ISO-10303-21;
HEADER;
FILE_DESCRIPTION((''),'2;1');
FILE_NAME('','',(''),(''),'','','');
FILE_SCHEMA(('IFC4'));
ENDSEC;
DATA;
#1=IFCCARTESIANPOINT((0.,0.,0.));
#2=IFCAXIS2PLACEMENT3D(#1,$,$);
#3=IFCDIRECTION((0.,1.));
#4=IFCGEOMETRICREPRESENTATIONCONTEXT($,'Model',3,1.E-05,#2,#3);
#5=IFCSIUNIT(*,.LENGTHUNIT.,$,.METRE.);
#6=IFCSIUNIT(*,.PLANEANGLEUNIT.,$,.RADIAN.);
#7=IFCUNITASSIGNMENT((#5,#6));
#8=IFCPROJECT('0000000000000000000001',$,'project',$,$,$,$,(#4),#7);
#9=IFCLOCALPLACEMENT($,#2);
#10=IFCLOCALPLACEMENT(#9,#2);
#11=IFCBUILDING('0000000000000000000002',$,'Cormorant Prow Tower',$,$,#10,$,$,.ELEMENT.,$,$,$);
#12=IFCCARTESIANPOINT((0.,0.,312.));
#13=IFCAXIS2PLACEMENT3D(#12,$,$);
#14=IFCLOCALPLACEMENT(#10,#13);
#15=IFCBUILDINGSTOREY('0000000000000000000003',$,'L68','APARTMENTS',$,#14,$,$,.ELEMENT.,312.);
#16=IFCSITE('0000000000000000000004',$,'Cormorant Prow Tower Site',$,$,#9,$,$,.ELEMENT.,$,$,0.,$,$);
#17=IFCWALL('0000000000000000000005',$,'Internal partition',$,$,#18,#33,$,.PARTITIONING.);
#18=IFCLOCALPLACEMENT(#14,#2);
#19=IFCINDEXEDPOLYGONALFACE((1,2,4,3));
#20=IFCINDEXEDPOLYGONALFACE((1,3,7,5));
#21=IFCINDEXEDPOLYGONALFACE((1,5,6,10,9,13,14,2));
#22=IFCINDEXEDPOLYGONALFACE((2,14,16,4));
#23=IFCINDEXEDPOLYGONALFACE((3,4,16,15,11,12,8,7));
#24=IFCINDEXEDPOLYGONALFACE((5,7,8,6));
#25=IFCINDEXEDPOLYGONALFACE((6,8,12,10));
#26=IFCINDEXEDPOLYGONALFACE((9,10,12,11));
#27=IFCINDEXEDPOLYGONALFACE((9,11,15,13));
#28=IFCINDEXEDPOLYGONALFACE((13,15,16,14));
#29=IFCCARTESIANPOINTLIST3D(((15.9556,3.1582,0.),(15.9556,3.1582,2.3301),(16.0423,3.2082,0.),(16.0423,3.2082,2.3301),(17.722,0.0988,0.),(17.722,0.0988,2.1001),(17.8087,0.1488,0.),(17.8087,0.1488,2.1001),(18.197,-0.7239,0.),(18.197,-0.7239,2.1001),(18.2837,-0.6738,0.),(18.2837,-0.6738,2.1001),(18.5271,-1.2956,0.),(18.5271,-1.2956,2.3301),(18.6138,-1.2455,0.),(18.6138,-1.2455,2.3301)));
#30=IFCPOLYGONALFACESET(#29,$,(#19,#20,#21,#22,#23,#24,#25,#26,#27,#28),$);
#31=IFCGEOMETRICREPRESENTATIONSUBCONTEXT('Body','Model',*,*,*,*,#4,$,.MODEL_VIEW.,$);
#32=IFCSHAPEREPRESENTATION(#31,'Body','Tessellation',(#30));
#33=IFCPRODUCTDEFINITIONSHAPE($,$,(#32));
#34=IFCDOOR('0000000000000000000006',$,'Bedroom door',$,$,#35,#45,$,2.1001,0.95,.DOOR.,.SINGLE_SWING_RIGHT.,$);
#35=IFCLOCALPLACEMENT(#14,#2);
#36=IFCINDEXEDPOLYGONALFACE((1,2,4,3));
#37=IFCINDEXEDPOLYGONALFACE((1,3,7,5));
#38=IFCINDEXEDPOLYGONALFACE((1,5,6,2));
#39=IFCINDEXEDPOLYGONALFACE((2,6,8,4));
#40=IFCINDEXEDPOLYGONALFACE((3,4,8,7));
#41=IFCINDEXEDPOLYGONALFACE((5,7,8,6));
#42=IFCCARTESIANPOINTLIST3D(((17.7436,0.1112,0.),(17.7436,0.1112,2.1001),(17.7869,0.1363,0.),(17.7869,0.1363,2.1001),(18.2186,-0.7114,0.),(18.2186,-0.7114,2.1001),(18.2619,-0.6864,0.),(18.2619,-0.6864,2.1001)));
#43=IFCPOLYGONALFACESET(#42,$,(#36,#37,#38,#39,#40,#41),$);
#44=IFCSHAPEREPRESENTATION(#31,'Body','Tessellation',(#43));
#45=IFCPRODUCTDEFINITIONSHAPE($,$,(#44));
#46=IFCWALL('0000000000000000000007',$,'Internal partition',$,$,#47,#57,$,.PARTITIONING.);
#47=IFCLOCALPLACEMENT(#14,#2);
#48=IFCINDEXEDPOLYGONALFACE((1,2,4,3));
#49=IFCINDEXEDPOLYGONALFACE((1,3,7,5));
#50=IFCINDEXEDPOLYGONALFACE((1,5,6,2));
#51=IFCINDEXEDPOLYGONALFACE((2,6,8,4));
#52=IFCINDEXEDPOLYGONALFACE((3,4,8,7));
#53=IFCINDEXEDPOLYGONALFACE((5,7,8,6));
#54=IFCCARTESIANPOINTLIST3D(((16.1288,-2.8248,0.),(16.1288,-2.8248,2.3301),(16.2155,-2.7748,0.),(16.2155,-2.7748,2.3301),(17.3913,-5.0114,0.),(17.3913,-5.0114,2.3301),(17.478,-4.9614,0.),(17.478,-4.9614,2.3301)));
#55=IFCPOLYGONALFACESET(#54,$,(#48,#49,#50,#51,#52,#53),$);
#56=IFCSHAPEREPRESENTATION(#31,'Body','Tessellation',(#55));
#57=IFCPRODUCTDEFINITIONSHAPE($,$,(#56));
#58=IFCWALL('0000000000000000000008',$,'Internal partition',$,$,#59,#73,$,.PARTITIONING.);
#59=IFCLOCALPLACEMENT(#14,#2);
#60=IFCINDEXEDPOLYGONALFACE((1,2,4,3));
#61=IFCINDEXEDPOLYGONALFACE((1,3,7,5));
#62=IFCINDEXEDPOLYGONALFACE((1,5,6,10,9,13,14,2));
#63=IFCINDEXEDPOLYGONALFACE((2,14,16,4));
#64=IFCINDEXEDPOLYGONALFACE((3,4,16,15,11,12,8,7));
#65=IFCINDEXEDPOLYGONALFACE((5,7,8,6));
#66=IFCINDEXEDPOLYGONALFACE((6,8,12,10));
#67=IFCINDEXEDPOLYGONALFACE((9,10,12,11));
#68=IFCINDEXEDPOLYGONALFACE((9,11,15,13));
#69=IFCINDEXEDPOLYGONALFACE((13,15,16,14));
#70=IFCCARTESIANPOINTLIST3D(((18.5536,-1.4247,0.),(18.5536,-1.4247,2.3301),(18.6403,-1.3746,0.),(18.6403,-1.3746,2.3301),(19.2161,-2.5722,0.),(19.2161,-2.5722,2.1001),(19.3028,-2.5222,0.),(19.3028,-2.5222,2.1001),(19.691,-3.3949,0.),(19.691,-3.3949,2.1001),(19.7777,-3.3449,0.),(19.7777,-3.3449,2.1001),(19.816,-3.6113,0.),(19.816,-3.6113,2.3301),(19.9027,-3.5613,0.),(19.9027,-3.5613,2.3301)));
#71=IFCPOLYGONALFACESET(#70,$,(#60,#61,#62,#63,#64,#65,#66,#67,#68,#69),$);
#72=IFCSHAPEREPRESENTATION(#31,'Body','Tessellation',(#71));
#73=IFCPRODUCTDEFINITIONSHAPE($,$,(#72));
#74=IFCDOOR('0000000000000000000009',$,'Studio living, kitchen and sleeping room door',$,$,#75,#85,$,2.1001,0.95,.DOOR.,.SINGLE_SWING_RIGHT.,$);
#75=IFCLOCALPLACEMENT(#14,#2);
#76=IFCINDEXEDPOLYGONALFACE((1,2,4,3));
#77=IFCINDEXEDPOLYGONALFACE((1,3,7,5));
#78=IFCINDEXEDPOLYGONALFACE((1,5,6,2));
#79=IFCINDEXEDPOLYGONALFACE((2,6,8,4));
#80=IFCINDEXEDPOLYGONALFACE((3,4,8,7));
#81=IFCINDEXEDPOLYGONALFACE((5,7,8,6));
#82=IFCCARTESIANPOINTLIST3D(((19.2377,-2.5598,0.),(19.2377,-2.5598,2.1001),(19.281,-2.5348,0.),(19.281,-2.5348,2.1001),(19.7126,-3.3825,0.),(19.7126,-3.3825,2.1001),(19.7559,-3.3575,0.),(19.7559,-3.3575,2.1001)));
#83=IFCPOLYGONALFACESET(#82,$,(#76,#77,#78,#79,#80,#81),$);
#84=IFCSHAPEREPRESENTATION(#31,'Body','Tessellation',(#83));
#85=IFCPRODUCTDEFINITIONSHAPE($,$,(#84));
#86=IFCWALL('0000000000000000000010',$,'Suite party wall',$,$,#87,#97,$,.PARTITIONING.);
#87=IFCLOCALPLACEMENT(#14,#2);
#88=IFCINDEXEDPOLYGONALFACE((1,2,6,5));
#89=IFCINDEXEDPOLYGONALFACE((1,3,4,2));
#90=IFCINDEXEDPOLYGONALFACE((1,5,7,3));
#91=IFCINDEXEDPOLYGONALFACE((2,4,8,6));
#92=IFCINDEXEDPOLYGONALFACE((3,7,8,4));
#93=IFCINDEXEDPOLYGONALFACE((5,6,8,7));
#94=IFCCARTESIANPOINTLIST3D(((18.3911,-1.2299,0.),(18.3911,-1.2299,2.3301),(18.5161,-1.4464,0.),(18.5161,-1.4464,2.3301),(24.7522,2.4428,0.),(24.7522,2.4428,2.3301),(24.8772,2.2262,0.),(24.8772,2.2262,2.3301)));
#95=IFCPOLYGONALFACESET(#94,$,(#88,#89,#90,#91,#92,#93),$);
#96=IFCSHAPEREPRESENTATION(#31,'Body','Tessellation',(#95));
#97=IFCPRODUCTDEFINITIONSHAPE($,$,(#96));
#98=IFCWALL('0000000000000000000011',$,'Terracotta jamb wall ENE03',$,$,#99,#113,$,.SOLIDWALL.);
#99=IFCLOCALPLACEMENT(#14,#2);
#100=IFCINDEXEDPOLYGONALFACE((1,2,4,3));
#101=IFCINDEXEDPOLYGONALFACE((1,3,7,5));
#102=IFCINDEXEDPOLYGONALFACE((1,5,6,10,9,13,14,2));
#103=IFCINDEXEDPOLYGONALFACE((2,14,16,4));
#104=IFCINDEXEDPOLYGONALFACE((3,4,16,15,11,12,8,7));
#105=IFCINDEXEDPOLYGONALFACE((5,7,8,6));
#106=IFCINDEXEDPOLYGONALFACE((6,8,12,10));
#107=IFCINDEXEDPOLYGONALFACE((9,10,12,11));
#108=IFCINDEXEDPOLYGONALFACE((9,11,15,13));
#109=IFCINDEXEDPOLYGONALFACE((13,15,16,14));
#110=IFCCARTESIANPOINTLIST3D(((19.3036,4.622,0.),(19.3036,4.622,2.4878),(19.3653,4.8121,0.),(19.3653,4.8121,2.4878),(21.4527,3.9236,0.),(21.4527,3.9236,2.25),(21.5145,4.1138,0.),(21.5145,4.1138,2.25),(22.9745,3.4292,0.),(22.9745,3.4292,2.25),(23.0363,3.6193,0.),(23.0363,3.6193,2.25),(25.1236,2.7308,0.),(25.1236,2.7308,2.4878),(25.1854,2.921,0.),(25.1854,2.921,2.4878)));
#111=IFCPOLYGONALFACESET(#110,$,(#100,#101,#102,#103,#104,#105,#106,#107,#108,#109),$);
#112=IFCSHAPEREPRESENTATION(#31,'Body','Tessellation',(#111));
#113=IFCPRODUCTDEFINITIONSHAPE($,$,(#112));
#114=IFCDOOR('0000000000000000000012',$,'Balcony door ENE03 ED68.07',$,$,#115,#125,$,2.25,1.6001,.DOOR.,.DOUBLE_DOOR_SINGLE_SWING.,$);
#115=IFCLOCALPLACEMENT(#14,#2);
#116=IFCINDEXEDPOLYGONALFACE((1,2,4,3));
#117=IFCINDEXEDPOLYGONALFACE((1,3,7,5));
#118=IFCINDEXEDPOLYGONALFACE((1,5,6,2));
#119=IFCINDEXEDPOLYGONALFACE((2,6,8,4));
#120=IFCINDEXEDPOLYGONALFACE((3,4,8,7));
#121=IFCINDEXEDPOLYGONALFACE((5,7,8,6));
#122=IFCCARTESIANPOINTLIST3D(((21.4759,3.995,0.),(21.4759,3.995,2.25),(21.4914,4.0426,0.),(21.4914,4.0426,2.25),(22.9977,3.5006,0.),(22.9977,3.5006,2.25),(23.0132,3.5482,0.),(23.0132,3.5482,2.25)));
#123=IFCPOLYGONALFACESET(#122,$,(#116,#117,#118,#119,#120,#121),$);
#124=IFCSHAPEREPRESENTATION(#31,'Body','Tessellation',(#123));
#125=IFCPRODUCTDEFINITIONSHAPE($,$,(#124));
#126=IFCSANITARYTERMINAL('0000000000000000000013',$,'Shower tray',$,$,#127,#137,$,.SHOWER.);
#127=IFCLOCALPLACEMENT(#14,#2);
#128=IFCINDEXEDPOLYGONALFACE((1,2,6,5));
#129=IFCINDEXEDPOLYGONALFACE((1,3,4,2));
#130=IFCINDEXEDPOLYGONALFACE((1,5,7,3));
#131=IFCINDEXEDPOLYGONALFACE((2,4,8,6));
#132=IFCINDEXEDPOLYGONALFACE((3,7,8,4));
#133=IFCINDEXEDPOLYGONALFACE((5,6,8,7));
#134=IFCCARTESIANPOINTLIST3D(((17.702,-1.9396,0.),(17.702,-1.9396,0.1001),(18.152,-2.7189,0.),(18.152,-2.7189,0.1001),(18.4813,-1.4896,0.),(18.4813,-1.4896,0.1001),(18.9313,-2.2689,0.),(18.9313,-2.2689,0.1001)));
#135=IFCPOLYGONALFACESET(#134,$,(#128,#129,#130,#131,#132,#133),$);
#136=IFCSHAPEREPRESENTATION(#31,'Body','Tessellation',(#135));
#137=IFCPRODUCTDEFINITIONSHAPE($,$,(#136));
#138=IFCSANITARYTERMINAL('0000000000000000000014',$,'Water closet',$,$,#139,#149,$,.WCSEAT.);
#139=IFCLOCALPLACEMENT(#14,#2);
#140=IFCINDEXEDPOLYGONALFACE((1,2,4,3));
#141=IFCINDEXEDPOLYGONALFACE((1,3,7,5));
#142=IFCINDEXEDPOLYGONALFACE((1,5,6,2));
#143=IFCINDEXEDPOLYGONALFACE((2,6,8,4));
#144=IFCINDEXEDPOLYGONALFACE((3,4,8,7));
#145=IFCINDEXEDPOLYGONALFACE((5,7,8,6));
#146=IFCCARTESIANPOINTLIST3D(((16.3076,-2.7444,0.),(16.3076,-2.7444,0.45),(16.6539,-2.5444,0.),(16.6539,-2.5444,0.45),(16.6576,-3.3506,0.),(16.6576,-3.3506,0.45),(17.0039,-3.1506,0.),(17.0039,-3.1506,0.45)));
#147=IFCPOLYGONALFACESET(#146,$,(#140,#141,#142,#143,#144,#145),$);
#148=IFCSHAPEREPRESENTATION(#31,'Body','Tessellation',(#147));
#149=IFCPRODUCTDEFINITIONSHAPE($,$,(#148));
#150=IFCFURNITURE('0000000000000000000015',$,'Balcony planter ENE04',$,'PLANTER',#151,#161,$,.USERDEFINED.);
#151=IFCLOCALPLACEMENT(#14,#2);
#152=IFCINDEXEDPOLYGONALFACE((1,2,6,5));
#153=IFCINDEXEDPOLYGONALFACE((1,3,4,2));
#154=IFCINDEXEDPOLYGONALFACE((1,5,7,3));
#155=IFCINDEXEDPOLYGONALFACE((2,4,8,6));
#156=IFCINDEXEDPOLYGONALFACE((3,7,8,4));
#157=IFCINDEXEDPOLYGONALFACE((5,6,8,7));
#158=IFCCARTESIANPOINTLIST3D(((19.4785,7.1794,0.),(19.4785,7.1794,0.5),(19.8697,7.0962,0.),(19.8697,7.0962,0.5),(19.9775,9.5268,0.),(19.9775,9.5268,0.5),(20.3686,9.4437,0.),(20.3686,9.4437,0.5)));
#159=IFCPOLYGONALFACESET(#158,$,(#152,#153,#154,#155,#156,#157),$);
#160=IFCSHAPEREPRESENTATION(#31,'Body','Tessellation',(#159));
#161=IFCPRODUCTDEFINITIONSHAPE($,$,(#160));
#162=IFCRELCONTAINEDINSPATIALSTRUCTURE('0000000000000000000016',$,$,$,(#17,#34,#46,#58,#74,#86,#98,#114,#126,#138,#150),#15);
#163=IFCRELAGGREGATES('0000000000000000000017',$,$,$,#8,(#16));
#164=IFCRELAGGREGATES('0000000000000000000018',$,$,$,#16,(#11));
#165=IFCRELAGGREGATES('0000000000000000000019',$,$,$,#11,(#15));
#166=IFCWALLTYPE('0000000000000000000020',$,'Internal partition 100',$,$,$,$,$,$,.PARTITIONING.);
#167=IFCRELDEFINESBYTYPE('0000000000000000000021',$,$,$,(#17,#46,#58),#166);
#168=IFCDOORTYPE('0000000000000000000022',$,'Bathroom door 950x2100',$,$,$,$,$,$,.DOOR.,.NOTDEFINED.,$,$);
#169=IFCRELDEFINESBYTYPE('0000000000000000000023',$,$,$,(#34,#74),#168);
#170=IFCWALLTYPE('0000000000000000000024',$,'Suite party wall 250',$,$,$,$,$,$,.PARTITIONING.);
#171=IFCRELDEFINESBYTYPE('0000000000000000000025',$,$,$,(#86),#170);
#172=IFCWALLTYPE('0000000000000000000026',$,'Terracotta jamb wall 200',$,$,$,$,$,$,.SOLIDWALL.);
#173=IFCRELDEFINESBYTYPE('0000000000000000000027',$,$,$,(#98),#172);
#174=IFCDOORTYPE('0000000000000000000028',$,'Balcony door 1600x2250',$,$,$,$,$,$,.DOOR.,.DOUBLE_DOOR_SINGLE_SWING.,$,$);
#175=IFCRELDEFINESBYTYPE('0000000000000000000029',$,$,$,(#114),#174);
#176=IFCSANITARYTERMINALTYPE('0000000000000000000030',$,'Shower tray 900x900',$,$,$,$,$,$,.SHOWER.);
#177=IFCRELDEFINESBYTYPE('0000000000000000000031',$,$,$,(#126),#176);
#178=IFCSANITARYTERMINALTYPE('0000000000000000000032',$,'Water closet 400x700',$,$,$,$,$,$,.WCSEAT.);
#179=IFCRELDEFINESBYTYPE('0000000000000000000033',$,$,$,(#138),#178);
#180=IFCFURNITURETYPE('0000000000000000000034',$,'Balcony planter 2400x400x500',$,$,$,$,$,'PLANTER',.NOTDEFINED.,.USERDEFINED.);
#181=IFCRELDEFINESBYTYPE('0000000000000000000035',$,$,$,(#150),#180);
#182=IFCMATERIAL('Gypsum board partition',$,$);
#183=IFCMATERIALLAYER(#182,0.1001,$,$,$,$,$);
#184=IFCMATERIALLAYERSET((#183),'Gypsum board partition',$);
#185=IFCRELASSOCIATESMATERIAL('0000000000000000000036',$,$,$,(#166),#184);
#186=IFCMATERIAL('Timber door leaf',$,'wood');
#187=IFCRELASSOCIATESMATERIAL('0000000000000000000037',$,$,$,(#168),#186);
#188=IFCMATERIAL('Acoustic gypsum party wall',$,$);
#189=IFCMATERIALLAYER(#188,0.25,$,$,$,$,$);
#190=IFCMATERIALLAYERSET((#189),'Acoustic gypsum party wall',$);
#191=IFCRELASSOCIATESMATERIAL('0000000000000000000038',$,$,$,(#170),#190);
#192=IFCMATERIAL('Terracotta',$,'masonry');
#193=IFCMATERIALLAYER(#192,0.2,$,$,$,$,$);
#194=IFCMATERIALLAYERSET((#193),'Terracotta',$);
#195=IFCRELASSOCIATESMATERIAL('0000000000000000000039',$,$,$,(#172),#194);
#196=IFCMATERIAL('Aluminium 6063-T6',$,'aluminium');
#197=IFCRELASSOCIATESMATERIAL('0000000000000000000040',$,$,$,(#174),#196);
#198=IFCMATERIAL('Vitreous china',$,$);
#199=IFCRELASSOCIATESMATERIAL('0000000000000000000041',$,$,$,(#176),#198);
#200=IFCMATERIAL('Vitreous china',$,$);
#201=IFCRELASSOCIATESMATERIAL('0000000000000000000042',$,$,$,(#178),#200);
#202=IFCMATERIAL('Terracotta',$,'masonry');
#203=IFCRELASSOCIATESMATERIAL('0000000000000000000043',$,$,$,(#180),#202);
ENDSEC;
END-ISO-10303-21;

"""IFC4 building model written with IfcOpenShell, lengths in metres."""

from ifc_helpers import new_model, si_unit, direction, frame, frame_2d, origin, origin_2d, place, context, subcontext, project, spatial, rectangle, extrude, material, layer, layer_set, type_object, element, fill, save


model = new_model("IFC4")

# Units and contexts
model_context = context("Model", 3, precision=1e-05, world=origin(), true_north=direction((0.0, 1.0)))
body_context = subcontext(model_context, "Body", "Model", "MODEL_VIEW")
ifc_project = project(units=[si_unit("LENGTHUNIT", "METRE"), si_unit("PLANEANGLEUNIT", "RADIAN")], contexts=[model_context])

# Site, building, storey
site_placement = place(None, origin())
site = spatial("IfcSite", under=ifc_project, at=site_placement, Name="Cormorant Prow Tower Site", CompositionType="ELEMENT", RefElevation=0.0)
building_placement = place(site_placement, origin())
building = spatial("IfcBuilding", under=site, at=building_placement, Name="Cormorant Prow Tower", CompositionType="ELEMENT")
storey_placement = place(building_placement, frame((0.0, 0.0, 312.0)))
storey = spatial("IfcBuildingStorey", under=building, at=storey_placement, Name="L68", Description="APARTMENTS", CompositionType="ELEMENT", Elevation=312.0)

# Wall, opening, door
ifc_material_1 = material(Name="Gypsum board partition")
ifc_layer_1 = layer(ifc_material_1, 0.1001)
ifc_layer_set_1 = layer_set([ifc_layer_1], Name="Gypsum board partition")
wall_type_1 = type_object("IfcWallType", Name="Internal partition 100", PredefinedType="PARTITIONING", material=ifc_layer_set_1)
ifc_material_2 = material(Name="Timber door leaf", Category="wood")
door_type_1 = type_object("IfcDoorType", Name="Bathroom door 950x2100", OperationType="NOTDEFINED", PredefinedType="DOOR", material=ifc_material_2)
wall_1_placement = place(storey_placement, frame((15.999, 3.1831, 0.0), z_axis=(0.0, 0.0, 1.0), x_axis=(0.500014, -0.866017, 0.0)))
wall_1 = element("IfcWall", 1, at=wall_1_placement, inside=storey, type_object=wall_type_1, Name="Internal partition", PredefinedType="PARTITIONING", context=body_context, shape_type="SweptSolid", body=[
    extrude(rectangle(XDim=5.1428, YDim=0.1001, at=frame_2d((2.5713, 0.0))), origin(), (0.0, 0.0, 1.0), 2.3301),
])
opening_1_placement = place(wall_1_placement, frame((3.5325, 0.0, 0.0)))
opening_1 = element("IfcOpeningElement", 2, at=opening_1_placement, cuts=wall_1, PredefinedType="OPENING", context=body_context, shape_type="SweptSolid", body=[
    extrude(rectangle(XDim=0.95, YDim=2.1001, at=frame_2d((0.4751, 1.05))), frame((0.0, 0.0601, 0.0), z_axis=(0.0, -1.0, 0.0), x_axis=(1.0, 0.0, 0.0)), (0.0, 0.0, 1.0), 0.1201),
])
door_1_placement = place(opening_1_placement, origin())
door_1 = element("IfcDoor", 3, at=door_1_placement, inside=storey, type_object=door_type_1, Name="Bedroom door", OperationType="SINGLE_SWING_RIGHT", OverallHeight=2.1001, OverallWidth=0.95, PredefinedType="DOOR", context=body_context, shape_type="SweptSolid", body=[
    extrude(rectangle(XDim=0.95, YDim=2.1001, at=frame_2d((0.4751, 1.05))), frame((0.0, 0.0249, 0.0), z_axis=(0.0, -1.0, 0.0), x_axis=(1.0, 0.0, 0.0)), (0.0, 0.0, 1.0), 0.05),
])
fill(opening_1, door_1)

# Wall
wall_2_placement = place(storey_placement, frame((16.1721, -2.7998, 0.0), z_axis=(0.0, 0.0, 1.0), x_axis=(0.500018, -0.866015, 0.0)))
element("IfcWall", 4, at=wall_2_placement, inside=storey, type_object=wall_type_1, Name="Internal partition", PredefinedType="PARTITIONING", context=body_context, shape_type="SweptSolid", body=[
    extrude(rectangle(XDim=2.5249, YDim=0.1001, at=frame_2d((1.2625, 0.0))), origin(), (0.0, 0.0, 1.0), 2.3301),
])

# Wall, opening, door
wall_3_placement = place(storey_placement, frame((18.5969, -1.3997, 0.0), z_axis=(0.0, 0.0, 1.0), x_axis=(0.499976, -0.866039, 0.0)))
wall_3 = element("IfcWall", 5, at=wall_3_placement, inside=storey, type_object=wall_type_1, Name="Internal partition", PredefinedType="PARTITIONING", context=body_context, shape_type="SweptSolid", body=[
    extrude(rectangle(XDim=2.5249, YDim=0.1001, at=frame_2d((1.2625, 0.0))), origin(), (0.0, 0.0, 1.0), 2.3301),
])
opening_2_placement = place(wall_3_placement, frame((1.325, 0.0, 0.0)))
opening_2 = element("IfcOpeningElement", 6, at=opening_2_placement, cuts=wall_3, PredefinedType="OPENING", context=body_context, shape_type="SweptSolid", body=[
    extrude(rectangle(XDim=0.95, YDim=2.1001, at=frame_2d((0.4751, 1.05))), frame((0.0, 0.0601, 0.0), z_axis=(0.0, -1.0, 0.0), x_axis=(1.0, 0.0, 0.0)), (0.0, 0.0, 1.0), 0.1201),
])
door_2_placement = place(opening_2_placement, origin())
door_2 = element("IfcDoor", 7, at=door_2_placement, inside=storey, type_object=door_type_1, Name="Studio living, kitchen and sleeping room door", OperationType="SINGLE_SWING_RIGHT", OverallHeight=2.1001, OverallWidth=0.95, PredefinedType="DOOR", context=body_context, shape_type="SweptSolid", body=[
    extrude(rectangle(XDim=0.95, YDim=2.1001, at=frame_2d((0.4751, 1.05))), frame((0.0, 0.0249, 0.0), z_axis=(0.0, -1.0, 0.0), x_axis=(1.0, 0.0, 0.0)), (0.0, 0.0, 1.0), 0.05),
])
fill(opening_2, door_2)

# Wall
ifc_material_3 = material(Name="Acoustic gypsum party wall")
ifc_layer_2 = layer(ifc_material_3, 0.25)
ifc_layer_set_2 = layer_set([ifc_layer_2], Name="Acoustic gypsum party wall")
wall_type_2 = type_object("IfcWallType", Name="Suite party wall 250", PredefinedType="PARTITIONING", material=ifc_layer_set_2)
wall_4_placement = place(storey_placement, frame((18.4536, -1.3381, 0.0), z_axis=(0.0, 0.0, 1.0), x_axis=(0.866023, 0.500003, 0.0)))
element("IfcWall", 8, at=wall_4_placement, inside=storey, type_object=wall_type_2, Name="Suite party wall", PredefinedType="PARTITIONING", context=body_context, shape_type="SweptSolid", body=[
    extrude(rectangle(XDim=7.3452, YDim=0.25, at=frame_2d((3.6726, 0.0))), origin(), (0.0, 0.0, 1.0), 2.3301),
])

# Wall, opening, door
ifc_material_4 = material(Name="Terracotta", Category="masonry")
ifc_layer_3 = layer(ifc_material_4, 0.2)
ifc_layer_set_3 = layer_set([ifc_layer_3], Name="Terracotta")
wall_type_3 = type_object("IfcWallType", Name="Terracotta jamb wall 200", PredefinedType="SOLIDWALL", material=ifc_layer_set_3)
wall_5_placement = place(storey_placement, frame((25.1545, 2.8259, 0.0), z_axis=(0.0, 0.0, 1.0), x_axis=(-0.951054, 0.309026, 0.0)))
wall_5 = element("IfcWall", 9, at=wall_5_placement, inside=storey, type_object=wall_type_3, Name="Terracotta jamb wall ENE03", PredefinedType="SOLIDWALL", context=body_context, shape_type="SweptSolid", body=[
    extrude(rectangle(XDim=6.1196, YDim=0.2, at=frame_2d((3.0598, 0.0))), origin(), (0.0, 0.0, 1.0), 2.4878),
])
opening_3_placement = place(wall_5_placement, frame((2.2598, 0.0, 0.0)))
opening_3 = element("IfcOpeningElement", 10, at=opening_3_placement, cuts=wall_5, PredefinedType="OPENING", context=body_context, shape_type="SweptSolid", body=[
    extrude(rectangle(XDim=1.6001, YDim=2.25, at=frame_2d((0.8, 1.125))), frame((0.0, 0.1099, 0.0), z_axis=(0.0, -1.0, 0.0), x_axis=(1.0, 0.0, 0.0)), (0.0, 0.0, 1.0), 0.22),
])
ifc_material_5 = material(Name="Aluminium 6063-T6", Category="aluminium")
door_type_2 = type_object("IfcDoorType", Name="Balcony door 1600x2250", OperationType="DOUBLE_DOOR_SINGLE_SWING", PredefinedType="DOOR", material=ifc_material_5)
door_3_placement = place(opening_3_placement, origin())
door_3 = element("IfcDoor", 11, at=door_3_placement, inside=storey, type_object=door_type_2, Name="Balcony door ENE03 ED68.07", OperationType="DOUBLE_DOOR_SINGLE_SWING", OverallHeight=2.25, OverallWidth=1.6001, PredefinedType="DOOR", context=body_context, shape_type="SweptSolid", body=[
    extrude(rectangle(XDim=1.6001, YDim=2.25, at=frame_2d((0.8, 1.125))), frame((0.0, 0.0249, 0.0), z_axis=(0.0, -1.0, 0.0), x_axis=(1.0, 0.0, 0.0)), (0.0, 0.0, 1.0), 0.05),
])
fill(opening_3, door_3)

# Sanitary terminals
ifc_material_6 = material(Name="Vitreous china")
sanitary_terminal_type_1 = type_object("IfcSanitaryTerminalType", Name="Shower tray 900x900", PredefinedType="SHOWER", material=ifc_material_6)
sanitary_terminal_1_placement = place(storey_placement, frame((18.3167, -2.1042, 0.0), z_axis=(0.0, 0.0, 1.0), x_axis=(0.5, -0.866025, 0.0)))
element("IfcSanitaryTerminal", 12, at=sanitary_terminal_1_placement, inside=storey, type_object=sanitary_terminal_type_1, Name="Shower tray", PredefinedType="SHOWER", context=body_context, shape_type="SweptSolid", body=[
    extrude(rectangle(XDim=0.8999, YDim=0.8999, at=origin_2d()), origin(), (0.0, 0.0, 1.0), 0.1001),
])
ifc_material_7 = material(Name="Vitreous china")
sanitary_terminal_type_2 = type_object("IfcSanitaryTerminalType", Name="Water closet 400x700", PredefinedType="WCSEAT", material=ifc_material_7)
sanitary_terminal_2_placement = place(storey_placement, frame((16.6558, -2.9475, 0.0), z_axis=(0.0, 0.0, 1.0), x_axis=(0.866025, 0.5, 0.0)))
element("IfcSanitaryTerminal", 13, at=sanitary_terminal_2_placement, inside=storey, type_object=sanitary_terminal_type_2, Name="Water closet", PredefinedType="WCSEAT", context=body_context, shape_type="SweptSolid", body=[
    extrude(rectangle(XDim=0.3999, YDim=0.7, at=origin_2d()), origin(), (0.0, 0.0, 1.0), 0.45),
])

# Furniture
ifc_material_8 = material(Name="Terracotta", Category="masonry")
furniture_type = type_object("IfcFurnitureType", Name="Balcony planter 2400x400x500", ElementType="PLANTER", AssemblyPlace="NOTDEFINED", PredefinedType="USERDEFINED", material=ifc_material_8)
furniture_placement = place(storey_placement, frame((19.9236, 8.3115, 0.0), z_axis=(0.0, 0.0, 1.0), x_axis=(0.207912, 0.978148, 0.0)))
element("IfcFurniture", 14, at=furniture_placement, inside=storey, type_object=furniture_type, Name="Balcony planter ENE04", ObjectType="PLANTER", PredefinedType="USERDEFINED", context=body_context, shape_type="SweptSolid", body=[
    extrude(rectangle(XDim=2.3999, YDim=0.3999, at=origin_2d()), origin(), (0.0, 0.0, 1.0), 0.5),
])

save(model, "model.ifc")
